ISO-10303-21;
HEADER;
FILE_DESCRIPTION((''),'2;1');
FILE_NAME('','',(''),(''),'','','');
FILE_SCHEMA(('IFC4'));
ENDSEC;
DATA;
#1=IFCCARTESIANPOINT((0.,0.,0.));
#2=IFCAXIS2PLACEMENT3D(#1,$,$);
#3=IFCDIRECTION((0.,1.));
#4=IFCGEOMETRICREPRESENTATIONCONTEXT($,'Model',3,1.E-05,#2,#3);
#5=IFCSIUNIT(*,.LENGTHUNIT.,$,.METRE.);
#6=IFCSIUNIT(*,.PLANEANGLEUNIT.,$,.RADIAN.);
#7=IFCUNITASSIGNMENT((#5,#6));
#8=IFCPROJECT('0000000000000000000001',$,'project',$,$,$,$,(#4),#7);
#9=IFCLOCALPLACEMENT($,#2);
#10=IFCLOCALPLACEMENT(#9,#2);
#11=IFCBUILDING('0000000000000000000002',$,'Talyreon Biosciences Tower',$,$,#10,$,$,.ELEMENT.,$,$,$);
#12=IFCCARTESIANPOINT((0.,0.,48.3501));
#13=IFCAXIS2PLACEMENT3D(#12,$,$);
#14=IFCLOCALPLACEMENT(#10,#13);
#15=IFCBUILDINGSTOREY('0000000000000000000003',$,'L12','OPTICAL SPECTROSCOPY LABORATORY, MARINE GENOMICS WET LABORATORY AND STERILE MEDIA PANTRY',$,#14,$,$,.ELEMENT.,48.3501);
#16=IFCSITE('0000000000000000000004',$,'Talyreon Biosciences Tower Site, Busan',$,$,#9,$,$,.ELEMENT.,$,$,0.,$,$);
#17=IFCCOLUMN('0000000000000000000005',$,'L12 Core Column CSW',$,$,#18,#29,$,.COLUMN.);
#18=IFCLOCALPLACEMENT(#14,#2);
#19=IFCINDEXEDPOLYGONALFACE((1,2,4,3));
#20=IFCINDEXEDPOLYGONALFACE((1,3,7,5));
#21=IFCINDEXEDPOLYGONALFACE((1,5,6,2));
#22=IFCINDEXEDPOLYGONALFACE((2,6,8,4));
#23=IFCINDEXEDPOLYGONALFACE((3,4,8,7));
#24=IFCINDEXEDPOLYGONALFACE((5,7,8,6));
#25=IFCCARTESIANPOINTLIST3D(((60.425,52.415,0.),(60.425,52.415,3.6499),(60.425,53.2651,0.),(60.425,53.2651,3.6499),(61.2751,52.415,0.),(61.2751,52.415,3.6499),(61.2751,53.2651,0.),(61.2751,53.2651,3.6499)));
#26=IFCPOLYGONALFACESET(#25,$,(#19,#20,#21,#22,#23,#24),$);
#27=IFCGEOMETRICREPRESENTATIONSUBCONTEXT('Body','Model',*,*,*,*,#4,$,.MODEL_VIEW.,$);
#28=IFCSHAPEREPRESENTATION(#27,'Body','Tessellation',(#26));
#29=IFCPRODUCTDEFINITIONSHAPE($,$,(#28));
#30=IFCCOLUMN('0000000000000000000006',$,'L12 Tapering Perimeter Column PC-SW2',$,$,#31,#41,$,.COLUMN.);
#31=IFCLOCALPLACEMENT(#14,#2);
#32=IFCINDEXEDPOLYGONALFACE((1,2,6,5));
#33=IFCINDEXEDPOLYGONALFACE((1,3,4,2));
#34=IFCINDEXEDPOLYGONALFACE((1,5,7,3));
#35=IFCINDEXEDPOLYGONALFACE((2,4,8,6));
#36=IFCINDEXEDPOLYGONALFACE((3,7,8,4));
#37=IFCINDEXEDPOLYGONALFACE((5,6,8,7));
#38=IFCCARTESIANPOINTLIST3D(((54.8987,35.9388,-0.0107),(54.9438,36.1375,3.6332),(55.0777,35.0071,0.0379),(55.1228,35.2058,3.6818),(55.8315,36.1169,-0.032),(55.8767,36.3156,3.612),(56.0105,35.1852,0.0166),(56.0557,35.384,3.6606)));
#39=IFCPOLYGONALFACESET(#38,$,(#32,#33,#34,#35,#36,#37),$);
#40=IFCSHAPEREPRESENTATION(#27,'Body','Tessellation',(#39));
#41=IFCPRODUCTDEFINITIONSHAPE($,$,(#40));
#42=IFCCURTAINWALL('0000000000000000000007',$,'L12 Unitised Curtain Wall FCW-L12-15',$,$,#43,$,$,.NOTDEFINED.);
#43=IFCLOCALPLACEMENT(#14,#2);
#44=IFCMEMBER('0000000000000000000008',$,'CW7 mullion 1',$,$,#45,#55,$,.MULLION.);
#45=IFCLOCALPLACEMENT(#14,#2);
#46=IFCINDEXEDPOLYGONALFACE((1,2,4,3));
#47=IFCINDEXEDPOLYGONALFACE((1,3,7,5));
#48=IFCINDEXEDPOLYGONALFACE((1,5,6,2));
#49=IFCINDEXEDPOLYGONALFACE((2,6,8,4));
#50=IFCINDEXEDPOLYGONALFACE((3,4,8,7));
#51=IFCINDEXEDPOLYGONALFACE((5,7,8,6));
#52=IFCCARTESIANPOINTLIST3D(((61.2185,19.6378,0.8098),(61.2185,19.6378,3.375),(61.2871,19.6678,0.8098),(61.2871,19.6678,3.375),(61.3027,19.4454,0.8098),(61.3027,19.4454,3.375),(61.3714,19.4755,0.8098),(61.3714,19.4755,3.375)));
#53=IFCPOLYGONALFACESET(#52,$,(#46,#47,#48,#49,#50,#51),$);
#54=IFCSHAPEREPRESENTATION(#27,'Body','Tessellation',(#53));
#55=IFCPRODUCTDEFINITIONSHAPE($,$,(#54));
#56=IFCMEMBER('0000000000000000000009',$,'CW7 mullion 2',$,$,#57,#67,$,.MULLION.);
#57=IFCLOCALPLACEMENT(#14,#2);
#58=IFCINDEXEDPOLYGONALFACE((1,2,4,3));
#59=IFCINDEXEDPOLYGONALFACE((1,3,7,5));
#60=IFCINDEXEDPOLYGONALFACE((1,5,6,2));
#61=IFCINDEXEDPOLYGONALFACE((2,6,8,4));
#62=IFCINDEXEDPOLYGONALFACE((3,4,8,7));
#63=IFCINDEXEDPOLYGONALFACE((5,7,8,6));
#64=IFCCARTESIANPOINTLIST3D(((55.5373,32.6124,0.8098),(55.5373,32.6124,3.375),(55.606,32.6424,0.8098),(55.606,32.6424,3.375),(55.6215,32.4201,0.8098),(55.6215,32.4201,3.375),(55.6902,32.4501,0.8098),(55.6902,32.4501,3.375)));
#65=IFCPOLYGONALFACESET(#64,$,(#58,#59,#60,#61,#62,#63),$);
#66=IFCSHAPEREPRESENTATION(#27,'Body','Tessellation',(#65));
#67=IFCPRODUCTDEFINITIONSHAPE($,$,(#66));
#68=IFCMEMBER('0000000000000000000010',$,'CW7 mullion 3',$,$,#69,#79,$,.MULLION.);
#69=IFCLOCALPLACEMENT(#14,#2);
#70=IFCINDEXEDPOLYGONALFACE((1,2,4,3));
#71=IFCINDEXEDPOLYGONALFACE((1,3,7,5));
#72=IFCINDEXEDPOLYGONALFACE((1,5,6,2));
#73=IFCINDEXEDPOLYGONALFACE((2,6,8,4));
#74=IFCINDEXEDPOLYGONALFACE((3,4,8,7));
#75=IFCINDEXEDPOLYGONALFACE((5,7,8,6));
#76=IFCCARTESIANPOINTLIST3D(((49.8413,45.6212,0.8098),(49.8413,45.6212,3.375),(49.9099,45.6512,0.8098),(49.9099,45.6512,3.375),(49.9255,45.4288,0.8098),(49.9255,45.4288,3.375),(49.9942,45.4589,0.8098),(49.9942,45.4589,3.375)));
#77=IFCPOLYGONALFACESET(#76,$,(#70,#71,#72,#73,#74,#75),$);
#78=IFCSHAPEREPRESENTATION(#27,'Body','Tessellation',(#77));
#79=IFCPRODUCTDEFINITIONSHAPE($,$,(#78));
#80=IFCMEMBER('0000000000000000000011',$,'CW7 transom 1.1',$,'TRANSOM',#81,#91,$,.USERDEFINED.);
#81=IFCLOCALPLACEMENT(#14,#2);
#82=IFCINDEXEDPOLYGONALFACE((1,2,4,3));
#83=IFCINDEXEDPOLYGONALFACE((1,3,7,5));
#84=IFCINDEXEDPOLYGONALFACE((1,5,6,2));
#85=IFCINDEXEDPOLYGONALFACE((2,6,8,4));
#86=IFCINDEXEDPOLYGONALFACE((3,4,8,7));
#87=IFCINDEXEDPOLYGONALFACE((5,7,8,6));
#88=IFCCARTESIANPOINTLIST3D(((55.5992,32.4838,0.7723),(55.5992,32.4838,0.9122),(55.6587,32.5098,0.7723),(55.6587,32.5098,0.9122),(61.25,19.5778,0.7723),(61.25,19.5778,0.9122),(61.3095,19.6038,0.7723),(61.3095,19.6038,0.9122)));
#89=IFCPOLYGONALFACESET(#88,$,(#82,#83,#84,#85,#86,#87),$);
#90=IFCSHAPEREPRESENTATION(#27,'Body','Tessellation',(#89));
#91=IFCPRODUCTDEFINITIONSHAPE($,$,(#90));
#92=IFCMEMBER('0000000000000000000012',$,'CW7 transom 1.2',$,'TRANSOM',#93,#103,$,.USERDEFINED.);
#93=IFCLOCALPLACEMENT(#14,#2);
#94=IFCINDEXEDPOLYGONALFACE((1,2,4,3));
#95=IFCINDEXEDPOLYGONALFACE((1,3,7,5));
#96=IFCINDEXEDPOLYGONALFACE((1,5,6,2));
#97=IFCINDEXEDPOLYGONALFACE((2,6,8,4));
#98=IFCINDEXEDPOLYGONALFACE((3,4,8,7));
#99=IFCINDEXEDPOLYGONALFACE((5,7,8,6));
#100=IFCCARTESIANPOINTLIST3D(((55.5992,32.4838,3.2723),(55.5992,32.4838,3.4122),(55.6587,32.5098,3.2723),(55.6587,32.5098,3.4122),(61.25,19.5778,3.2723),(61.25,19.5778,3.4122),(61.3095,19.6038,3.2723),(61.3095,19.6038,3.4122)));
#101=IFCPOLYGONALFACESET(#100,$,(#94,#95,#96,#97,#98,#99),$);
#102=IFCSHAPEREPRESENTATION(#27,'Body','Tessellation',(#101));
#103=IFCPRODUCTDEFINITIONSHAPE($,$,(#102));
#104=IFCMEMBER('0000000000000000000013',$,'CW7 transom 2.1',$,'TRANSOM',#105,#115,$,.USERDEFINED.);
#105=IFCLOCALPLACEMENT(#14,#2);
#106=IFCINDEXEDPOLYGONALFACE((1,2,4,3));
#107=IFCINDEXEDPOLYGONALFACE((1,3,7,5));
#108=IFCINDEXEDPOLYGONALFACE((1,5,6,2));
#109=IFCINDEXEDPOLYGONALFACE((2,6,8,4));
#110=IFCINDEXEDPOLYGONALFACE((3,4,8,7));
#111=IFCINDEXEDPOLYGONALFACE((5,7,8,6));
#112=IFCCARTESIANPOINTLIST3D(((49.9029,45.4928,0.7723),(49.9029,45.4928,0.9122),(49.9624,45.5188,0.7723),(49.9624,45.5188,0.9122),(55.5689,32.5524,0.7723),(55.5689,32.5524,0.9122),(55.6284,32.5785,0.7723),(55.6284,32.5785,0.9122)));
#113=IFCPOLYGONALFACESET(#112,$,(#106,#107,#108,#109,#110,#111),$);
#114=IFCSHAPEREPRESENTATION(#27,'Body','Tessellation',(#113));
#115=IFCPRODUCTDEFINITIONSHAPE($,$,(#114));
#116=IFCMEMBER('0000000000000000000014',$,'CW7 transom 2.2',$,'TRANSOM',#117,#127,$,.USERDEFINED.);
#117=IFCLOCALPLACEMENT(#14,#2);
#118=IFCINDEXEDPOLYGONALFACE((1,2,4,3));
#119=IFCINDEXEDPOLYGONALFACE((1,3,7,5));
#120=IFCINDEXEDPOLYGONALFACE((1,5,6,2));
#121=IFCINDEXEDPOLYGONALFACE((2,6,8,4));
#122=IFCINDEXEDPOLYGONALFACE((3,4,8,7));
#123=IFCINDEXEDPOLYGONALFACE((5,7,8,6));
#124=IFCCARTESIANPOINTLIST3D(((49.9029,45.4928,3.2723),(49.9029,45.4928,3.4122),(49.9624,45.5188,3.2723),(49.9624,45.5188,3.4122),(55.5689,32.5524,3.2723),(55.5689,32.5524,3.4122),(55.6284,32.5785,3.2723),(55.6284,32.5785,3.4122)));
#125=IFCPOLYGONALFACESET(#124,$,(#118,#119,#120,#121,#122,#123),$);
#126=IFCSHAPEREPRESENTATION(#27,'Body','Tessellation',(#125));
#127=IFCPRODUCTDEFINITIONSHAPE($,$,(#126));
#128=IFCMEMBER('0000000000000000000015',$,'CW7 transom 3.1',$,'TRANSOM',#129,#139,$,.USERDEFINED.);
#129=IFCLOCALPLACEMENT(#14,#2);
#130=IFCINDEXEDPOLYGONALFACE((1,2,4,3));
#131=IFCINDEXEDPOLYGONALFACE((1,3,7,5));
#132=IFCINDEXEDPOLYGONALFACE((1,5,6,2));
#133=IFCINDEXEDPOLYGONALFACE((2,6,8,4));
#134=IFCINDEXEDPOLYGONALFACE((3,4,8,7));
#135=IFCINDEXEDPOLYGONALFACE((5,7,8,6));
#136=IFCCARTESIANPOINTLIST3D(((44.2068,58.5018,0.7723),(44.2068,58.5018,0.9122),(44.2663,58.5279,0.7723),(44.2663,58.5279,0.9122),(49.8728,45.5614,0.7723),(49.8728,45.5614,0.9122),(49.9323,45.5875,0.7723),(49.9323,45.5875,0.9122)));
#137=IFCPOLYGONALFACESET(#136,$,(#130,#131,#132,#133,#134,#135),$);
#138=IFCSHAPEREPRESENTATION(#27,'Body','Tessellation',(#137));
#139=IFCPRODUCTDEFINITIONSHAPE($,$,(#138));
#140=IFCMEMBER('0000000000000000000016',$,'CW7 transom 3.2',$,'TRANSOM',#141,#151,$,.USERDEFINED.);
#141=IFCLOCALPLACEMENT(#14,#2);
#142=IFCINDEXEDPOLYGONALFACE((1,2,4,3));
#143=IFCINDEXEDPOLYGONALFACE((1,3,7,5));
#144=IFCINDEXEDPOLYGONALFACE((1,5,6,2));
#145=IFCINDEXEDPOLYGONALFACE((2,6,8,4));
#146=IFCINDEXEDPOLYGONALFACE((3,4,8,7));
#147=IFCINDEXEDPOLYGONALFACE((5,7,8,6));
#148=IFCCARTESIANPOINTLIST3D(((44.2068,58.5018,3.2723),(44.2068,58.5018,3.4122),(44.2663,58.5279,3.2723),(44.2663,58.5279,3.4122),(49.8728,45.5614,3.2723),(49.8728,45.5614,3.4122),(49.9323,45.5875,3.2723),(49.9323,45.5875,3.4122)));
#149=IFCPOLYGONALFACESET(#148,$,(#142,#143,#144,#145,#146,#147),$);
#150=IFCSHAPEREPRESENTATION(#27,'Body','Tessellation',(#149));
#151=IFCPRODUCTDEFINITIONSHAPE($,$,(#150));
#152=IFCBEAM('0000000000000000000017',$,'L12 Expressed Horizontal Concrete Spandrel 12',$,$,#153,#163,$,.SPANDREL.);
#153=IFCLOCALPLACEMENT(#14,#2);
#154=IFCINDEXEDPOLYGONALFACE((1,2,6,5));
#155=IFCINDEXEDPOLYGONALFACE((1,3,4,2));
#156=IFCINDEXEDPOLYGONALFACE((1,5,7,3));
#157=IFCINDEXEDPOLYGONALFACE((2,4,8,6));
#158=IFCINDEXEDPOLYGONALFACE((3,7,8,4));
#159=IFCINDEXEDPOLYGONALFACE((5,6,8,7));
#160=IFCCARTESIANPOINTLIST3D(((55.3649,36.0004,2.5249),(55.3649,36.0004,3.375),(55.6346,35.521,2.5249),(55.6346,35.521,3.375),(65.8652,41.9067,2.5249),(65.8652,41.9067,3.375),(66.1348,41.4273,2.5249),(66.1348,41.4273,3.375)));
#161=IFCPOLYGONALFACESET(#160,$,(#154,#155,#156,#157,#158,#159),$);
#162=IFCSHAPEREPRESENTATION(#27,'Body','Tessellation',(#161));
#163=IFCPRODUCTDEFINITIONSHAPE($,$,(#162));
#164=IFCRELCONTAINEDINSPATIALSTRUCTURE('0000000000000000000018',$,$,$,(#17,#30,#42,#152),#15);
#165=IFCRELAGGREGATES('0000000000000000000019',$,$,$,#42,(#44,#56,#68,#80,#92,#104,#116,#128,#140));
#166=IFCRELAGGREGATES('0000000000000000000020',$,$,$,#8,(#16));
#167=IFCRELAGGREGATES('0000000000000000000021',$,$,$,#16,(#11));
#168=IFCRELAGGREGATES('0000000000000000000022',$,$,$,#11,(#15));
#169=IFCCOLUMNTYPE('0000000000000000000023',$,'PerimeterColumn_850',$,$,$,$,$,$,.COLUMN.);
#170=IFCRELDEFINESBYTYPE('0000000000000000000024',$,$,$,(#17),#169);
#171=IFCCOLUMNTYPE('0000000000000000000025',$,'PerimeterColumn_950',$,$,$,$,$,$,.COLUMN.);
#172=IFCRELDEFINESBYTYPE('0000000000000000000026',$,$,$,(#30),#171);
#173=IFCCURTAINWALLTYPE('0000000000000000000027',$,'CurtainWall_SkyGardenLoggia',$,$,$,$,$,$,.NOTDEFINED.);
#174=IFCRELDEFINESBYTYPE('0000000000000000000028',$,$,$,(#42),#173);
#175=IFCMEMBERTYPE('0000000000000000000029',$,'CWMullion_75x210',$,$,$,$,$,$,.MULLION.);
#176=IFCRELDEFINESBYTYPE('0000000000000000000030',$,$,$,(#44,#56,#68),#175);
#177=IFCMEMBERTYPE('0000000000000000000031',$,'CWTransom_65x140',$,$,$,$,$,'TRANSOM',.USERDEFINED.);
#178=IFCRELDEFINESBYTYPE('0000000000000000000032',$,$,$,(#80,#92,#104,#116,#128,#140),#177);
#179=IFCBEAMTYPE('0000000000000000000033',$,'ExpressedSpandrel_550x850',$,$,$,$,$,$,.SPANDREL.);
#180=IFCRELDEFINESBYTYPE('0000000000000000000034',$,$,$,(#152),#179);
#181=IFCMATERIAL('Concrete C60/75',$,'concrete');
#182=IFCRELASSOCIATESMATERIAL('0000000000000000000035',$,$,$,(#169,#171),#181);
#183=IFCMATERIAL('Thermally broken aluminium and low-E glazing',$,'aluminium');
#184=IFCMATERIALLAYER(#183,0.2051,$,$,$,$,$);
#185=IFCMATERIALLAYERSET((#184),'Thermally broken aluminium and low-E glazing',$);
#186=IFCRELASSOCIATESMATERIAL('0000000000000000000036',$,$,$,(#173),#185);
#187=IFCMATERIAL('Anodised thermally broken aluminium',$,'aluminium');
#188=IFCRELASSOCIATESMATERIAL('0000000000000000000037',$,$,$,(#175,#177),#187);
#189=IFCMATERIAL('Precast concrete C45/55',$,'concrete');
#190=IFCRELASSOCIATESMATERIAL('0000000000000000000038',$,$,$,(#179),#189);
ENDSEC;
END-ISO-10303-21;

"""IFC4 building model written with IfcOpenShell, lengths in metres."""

from ifc_helpers import new_model, si_unit, direction, frame, origin, origin_2d, place, context, subcontext, project, spatial, rectangle, extrude, material, layer, layer_set, material_profile, profile_set, type_object, element, aggregate, save


model = new_model("IFC4")

# Units and contexts
model_context = context("Model", 3, precision=1e-05, world=origin(), true_north=direction((0.0, 1.0)))
body_context = subcontext(model_context, "Body", "Model", "MODEL_VIEW")
ifc_project = project(units=[si_unit("LENGTHUNIT", "METRE"), si_unit("PLANEANGLEUNIT", "RADIAN")], contexts=[model_context])

# Site, building, storey
site_placement = place(None, origin())
site = spatial("IfcSite", under=ifc_project, at=site_placement, Name="Talyreon Biosciences Tower Site, Busan", CompositionType="ELEMENT", RefElevation=0.0)
building_placement = place(site_placement, origin())
building = spatial("IfcBuilding", under=site, at=building_placement, Name="Talyreon Biosciences Tower", CompositionType="ELEMENT")
storey_placement = place(building_placement, frame((0.0, 0.0, 48.3501)))
storey = spatial("IfcBuildingStorey", under=building, at=storey_placement, Name="L12", Description="OPTICAL SPECTROSCOPY LABORATORY, MARINE GENOMICS WET LABORATORY AND STERILE MEDIA PANTRY", CompositionType="ELEMENT", Elevation=48.3501)

# Columns
ifc_material_1 = material(Name="Concrete C60/75", Category="concrete")
ifc_material_profile_1 = material_profile(ifc_material_1, rectangle(XDim=0.8501, YDim=0.8501, at=origin_2d()), Name="RC 850x850")
ifc_profile_set_1 = profile_set([ifc_material_profile_1], Name="Concrete C60/75")
column_type_1 = type_object("IfcColumnType", Name="PerimeterColumn_850", PredefinedType="COLUMN", material=ifc_profile_set_1)
column_1_placement = place(storey_placement, frame((60.8501, 52.8401, 0.0), z_axis=(0.0, 0.0, 1.0), x_axis=(1.0, 0.0, 0.0)))
element("IfcColumn", 1, at=column_1_placement, inside=storey, type_object=column_type_1, Name="L12 Core Column CSW", PredefinedType="COLUMN", context=body_context, shape_type="SweptSolid", body=[
    extrude(rectangle(XDim=0.8501, YDim=0.8501, at=origin_2d()), origin(), (0.0, 0.0, 1.0), 3.6499),
])
ifc_material_profile_2 = material_profile(ifc_material_1, rectangle(XDim=0.95, YDim=0.95, at=origin_2d()), Name="RC 950x950")
ifc_profile_set_2 = profile_set([ifc_material_profile_2], Name="Concrete C60/75")
column_type_2 = type_object("IfcColumnType", Name="PerimeterColumn_950", PredefinedType="COLUMN", material=ifc_profile_set_2)
column_2_placement = place(storey_placement, frame((55.4546, 35.562, 0.0029), z_axis=(0.012375, 0.054451, 0.99844), x_axis=(-0.188431, 0.980754, -0.051151)))
element("IfcColumn", 2, at=column_2_placement, inside=storey, type_object=column_type_2, Name="L12 Tapering Perimeter Column PC-SW2", PredefinedType="COLUMN", context=body_context, shape_type="SweptSolid", body=[
    extrude(rectangle(XDim=0.95, YDim=0.95, at=origin_2d()), origin(), (0.0, 0.0, 1.0), 3.6497),
])

# Curtain wall, members
ifc_material_2 = material(Name="Thermally broken aluminium and low-E glazing", Category="aluminium")
ifc_layer_1 = layer(ifc_material_2, 0.2051)
ifc_layer_set_1 = layer_set([ifc_layer_1], Name="Thermally broken aluminium and low-E glazing")
curtain_wall_type = type_object("IfcCurtainWallType", Name="CurtainWall_SkyGardenLoggia", PredefinedType="NOTDEFINED", material=ifc_layer_set_1)
curtain_wall_placement = place(storey_placement, origin())
curtain_wall = element("IfcCurtainWall", 3, at=curtain_wall_placement, inside=storey, type_object=curtain_wall_type, Name="L12 Unitised Curtain Wall FCW-L12-15", PredefinedType="NOTDEFINED")
ifc_material_3 = material(Name="Anodised thermally broken aluminium", Category="aluminium")
ifc_material_profile_3 = material_profile(ifc_material_3, rectangle(XDim=0.075, YDim=0.21, at=origin_2d()), Name="ALUM MULLION 75x210")
ifc_profile_set_3 = profile_set([ifc_material_profile_3], Name="Anodised thermally broken aluminium")
member_type_1 = type_object("IfcMemberType", Name="CWMullion_75x210", PredefinedType="MULLION", material=ifc_profile_set_3)
member_1_placement = place(storey_placement, frame((61.2949, 19.5566, 0.8098), z_axis=(0.0, 0.0, 1.0), x_axis=(-0.916035, -0.401097, 0.0)))
member_1 = element("IfcMember", 4, at=member_1_placement, type_object=member_type_1, Name="CW7 mullion 1", PredefinedType="MULLION", context=body_context, shape_type="SweptSolid", body=[
    extrude(rectangle(XDim=0.075, YDim=0.21, at=origin_2d()), origin(), (0.0, 0.0, 1.0), 2.5652),
])
member_2_placement = place(storey_placement, frame((55.6138, 32.5312, 0.8098), z_axis=(0.0, 0.0, 1.0), x_axis=(-0.916035, -0.401097, 0.0)))
member_2 = element("IfcMember", 5, at=member_2_placement, type_object=member_type_1, Name="CW7 mullion 2", PredefinedType="MULLION", context=body_context, shape_type="SweptSolid", body=[
    extrude(rectangle(XDim=0.075, YDim=0.21, at=origin_2d()), origin(), (0.0, 0.0, 1.0), 2.5652),
])
member_3_placement = place(storey_placement, frame((49.9177, 45.54, 0.8098), z_axis=(0.0, 0.0, 1.0), x_axis=(-0.916035, -0.401097, 0.0)))
member_3 = element("IfcMember", 6, at=member_3_placement, type_object=member_type_1, Name="CW7 mullion 3", PredefinedType="MULLION", context=body_context, shape_type="SweptSolid", body=[
    extrude(rectangle(XDim=0.075, YDim=0.21, at=origin_2d()), origin(), (0.0, 0.0, 1.0), 2.5652),
])
ifc_material_profile_4 = material_profile(ifc_material_3, rectangle(XDim=0.0649, YDim=0.1399, at=origin_2d()), Name="ALUM TRANSOM 65x140")
ifc_profile_set_4 = profile_set([ifc_material_profile_4], Name="Anodised thermally broken aluminium")
member_type_2 = type_object("IfcMemberType", Name="CWTransom_65x140", ElementType="TRANSOM", PredefinedType="USERDEFINED", material=ifc_profile_set_4)
member_4_placement = place(storey_placement, frame((61.2798, 19.5908, 0.8423), z_axis=(-0.401087, 0.91604, 0.0), x_axis=(-0.91604, -0.401087, 0.0)))
member_4 = element("IfcMember", 7, at=member_4_placement, type_object=member_type_2, Name="CW7 transom 1.1", ObjectType="TRANSOM", PredefinedType="USERDEFINED", context=body_context, shape_type="SweptSolid", body=[
    extrude(rectangle(XDim=0.0649, YDim=0.1399, at=origin_2d()), origin(), (0.0, 0.0, 1.0), 14.0889),
])
member_5_placement = place(storey_placement, frame((61.2798, 19.5908, 3.3423), z_axis=(-0.401087, 0.91604, 0.0), x_axis=(-0.91604, -0.401087, 0.0)))
member_5 = element("IfcMember", 8, at=member_5_placement, type_object=member_type_2, Name="CW7 transom 1.2", ObjectType="TRANSOM", PredefinedType="USERDEFINED", context=body_context, shape_type="SweptSolid", body=[
    extrude(rectangle(XDim=0.0649, YDim=0.1399, at=origin_2d()), origin(), (0.0, 0.0, 1.0), 14.0889),
])
member_6_placement = place(storey_placement, frame((55.5986, 32.5654, 0.8423), z_axis=(-0.401091, 0.916038, 0.0), x_axis=(-0.916038, -0.401091, 0.0)))
member_6 = element("IfcMember", 9, at=member_6_placement, type_object=member_type_2, Name="CW7 transom 2.1", ObjectType="TRANSOM", PredefinedType="USERDEFINED", context=body_context, shape_type="SweptSolid", body=[
    extrude(rectangle(XDim=0.0649, YDim=0.1399, at=origin_2d()), origin(), (0.0, 0.0, 1.0), 14.1265),
])
member_7_placement = place(storey_placement, frame((55.5986, 32.5654, 3.3423), z_axis=(-0.401091, 0.916038, 0.0), x_axis=(-0.916038, -0.401091, 0.0)))
member_7 = element("IfcMember", 10, at=member_7_placement, type_object=member_type_2, Name="CW7 transom 2.2", ObjectType="TRANSOM", PredefinedType="USERDEFINED", context=body_context, shape_type="SweptSolid", body=[
    extrude(rectangle(XDim=0.0649, YDim=0.1399, at=origin_2d()), origin(), (0.0, 0.0, 1.0), 14.1265),
])
member_8_placement = place(storey_placement, frame((49.9026, 45.5745, 0.8423), z_axis=(-0.401091, 0.916038, 0.0), x_axis=(-0.916038, -0.401091, 0.0)))
member_8 = element("IfcMember", 11, at=member_8_placement, type_object=member_type_2, Name="CW7 transom 3.1", ObjectType="TRANSOM", PredefinedType="USERDEFINED", context=body_context, shape_type="SweptSolid", body=[
    extrude(rectangle(XDim=0.0649, YDim=0.1399, at=origin_2d()), origin(), (0.0, 0.0, 1.0), 14.1265),
])
member_9_placement = place(storey_placement, frame((49.9026, 45.5745, 3.3423), z_axis=(-0.401091, 0.916038, 0.0), x_axis=(-0.916038, -0.401091, 0.0)))
member_9 = element("IfcMember", 12, at=member_9_placement, type_object=member_type_2, Name="CW7 transom 3.2", ObjectType="TRANSOM", PredefinedType="USERDEFINED", context=body_context, shape_type="SweptSolid", body=[
    extrude(rectangle(XDim=0.0649, YDim=0.1399, at=origin_2d()), origin(), (0.0, 0.0, 1.0), 14.1265),
])

# Beam
ifc_material_4 = material(Name="Precast concrete C45/55", Category="concrete")
ifc_material_profile_5 = material_profile(ifc_material_4, rectangle(XDim=0.55, YDim=0.8501, at=origin_2d()), Name="RCB 550x850")
ifc_profile_set_5 = profile_set([ifc_material_profile_5], Name="Precast concrete C45/55")
beam_type_1 = type_object("IfcBeamType", Name="ExpressedSpandrel_550x850", PredefinedType="SPANDREL", material=ifc_profile_set_5)
beam_1_placement = place(storey_placement, frame((55.4998, 35.7607, 2.95), z_axis=(0.87158, 0.490253, 0.0), x_axis=(-0.490253, 0.87158, 0.0)))
element("IfcBeam", 13, at=beam_1_placement, inside=storey, type_object=beam_type_1, Name="L12 Expressed Horizontal Concrete Spandrel 12", PredefinedType="SPANDREL", context=body_context, shape_type="SweptSolid", body=[
    extrude(rectangle(XDim=0.55, YDim=0.8501, at=origin_2d()), origin(), (0.0, 0.0, 1.0), 12.0474),
])

aggregate(curtain_wall, [member_1, member_2, member_3, member_4, member_5, member_6, member_7, member_8, member_9])

save(model, "model.ifc")
